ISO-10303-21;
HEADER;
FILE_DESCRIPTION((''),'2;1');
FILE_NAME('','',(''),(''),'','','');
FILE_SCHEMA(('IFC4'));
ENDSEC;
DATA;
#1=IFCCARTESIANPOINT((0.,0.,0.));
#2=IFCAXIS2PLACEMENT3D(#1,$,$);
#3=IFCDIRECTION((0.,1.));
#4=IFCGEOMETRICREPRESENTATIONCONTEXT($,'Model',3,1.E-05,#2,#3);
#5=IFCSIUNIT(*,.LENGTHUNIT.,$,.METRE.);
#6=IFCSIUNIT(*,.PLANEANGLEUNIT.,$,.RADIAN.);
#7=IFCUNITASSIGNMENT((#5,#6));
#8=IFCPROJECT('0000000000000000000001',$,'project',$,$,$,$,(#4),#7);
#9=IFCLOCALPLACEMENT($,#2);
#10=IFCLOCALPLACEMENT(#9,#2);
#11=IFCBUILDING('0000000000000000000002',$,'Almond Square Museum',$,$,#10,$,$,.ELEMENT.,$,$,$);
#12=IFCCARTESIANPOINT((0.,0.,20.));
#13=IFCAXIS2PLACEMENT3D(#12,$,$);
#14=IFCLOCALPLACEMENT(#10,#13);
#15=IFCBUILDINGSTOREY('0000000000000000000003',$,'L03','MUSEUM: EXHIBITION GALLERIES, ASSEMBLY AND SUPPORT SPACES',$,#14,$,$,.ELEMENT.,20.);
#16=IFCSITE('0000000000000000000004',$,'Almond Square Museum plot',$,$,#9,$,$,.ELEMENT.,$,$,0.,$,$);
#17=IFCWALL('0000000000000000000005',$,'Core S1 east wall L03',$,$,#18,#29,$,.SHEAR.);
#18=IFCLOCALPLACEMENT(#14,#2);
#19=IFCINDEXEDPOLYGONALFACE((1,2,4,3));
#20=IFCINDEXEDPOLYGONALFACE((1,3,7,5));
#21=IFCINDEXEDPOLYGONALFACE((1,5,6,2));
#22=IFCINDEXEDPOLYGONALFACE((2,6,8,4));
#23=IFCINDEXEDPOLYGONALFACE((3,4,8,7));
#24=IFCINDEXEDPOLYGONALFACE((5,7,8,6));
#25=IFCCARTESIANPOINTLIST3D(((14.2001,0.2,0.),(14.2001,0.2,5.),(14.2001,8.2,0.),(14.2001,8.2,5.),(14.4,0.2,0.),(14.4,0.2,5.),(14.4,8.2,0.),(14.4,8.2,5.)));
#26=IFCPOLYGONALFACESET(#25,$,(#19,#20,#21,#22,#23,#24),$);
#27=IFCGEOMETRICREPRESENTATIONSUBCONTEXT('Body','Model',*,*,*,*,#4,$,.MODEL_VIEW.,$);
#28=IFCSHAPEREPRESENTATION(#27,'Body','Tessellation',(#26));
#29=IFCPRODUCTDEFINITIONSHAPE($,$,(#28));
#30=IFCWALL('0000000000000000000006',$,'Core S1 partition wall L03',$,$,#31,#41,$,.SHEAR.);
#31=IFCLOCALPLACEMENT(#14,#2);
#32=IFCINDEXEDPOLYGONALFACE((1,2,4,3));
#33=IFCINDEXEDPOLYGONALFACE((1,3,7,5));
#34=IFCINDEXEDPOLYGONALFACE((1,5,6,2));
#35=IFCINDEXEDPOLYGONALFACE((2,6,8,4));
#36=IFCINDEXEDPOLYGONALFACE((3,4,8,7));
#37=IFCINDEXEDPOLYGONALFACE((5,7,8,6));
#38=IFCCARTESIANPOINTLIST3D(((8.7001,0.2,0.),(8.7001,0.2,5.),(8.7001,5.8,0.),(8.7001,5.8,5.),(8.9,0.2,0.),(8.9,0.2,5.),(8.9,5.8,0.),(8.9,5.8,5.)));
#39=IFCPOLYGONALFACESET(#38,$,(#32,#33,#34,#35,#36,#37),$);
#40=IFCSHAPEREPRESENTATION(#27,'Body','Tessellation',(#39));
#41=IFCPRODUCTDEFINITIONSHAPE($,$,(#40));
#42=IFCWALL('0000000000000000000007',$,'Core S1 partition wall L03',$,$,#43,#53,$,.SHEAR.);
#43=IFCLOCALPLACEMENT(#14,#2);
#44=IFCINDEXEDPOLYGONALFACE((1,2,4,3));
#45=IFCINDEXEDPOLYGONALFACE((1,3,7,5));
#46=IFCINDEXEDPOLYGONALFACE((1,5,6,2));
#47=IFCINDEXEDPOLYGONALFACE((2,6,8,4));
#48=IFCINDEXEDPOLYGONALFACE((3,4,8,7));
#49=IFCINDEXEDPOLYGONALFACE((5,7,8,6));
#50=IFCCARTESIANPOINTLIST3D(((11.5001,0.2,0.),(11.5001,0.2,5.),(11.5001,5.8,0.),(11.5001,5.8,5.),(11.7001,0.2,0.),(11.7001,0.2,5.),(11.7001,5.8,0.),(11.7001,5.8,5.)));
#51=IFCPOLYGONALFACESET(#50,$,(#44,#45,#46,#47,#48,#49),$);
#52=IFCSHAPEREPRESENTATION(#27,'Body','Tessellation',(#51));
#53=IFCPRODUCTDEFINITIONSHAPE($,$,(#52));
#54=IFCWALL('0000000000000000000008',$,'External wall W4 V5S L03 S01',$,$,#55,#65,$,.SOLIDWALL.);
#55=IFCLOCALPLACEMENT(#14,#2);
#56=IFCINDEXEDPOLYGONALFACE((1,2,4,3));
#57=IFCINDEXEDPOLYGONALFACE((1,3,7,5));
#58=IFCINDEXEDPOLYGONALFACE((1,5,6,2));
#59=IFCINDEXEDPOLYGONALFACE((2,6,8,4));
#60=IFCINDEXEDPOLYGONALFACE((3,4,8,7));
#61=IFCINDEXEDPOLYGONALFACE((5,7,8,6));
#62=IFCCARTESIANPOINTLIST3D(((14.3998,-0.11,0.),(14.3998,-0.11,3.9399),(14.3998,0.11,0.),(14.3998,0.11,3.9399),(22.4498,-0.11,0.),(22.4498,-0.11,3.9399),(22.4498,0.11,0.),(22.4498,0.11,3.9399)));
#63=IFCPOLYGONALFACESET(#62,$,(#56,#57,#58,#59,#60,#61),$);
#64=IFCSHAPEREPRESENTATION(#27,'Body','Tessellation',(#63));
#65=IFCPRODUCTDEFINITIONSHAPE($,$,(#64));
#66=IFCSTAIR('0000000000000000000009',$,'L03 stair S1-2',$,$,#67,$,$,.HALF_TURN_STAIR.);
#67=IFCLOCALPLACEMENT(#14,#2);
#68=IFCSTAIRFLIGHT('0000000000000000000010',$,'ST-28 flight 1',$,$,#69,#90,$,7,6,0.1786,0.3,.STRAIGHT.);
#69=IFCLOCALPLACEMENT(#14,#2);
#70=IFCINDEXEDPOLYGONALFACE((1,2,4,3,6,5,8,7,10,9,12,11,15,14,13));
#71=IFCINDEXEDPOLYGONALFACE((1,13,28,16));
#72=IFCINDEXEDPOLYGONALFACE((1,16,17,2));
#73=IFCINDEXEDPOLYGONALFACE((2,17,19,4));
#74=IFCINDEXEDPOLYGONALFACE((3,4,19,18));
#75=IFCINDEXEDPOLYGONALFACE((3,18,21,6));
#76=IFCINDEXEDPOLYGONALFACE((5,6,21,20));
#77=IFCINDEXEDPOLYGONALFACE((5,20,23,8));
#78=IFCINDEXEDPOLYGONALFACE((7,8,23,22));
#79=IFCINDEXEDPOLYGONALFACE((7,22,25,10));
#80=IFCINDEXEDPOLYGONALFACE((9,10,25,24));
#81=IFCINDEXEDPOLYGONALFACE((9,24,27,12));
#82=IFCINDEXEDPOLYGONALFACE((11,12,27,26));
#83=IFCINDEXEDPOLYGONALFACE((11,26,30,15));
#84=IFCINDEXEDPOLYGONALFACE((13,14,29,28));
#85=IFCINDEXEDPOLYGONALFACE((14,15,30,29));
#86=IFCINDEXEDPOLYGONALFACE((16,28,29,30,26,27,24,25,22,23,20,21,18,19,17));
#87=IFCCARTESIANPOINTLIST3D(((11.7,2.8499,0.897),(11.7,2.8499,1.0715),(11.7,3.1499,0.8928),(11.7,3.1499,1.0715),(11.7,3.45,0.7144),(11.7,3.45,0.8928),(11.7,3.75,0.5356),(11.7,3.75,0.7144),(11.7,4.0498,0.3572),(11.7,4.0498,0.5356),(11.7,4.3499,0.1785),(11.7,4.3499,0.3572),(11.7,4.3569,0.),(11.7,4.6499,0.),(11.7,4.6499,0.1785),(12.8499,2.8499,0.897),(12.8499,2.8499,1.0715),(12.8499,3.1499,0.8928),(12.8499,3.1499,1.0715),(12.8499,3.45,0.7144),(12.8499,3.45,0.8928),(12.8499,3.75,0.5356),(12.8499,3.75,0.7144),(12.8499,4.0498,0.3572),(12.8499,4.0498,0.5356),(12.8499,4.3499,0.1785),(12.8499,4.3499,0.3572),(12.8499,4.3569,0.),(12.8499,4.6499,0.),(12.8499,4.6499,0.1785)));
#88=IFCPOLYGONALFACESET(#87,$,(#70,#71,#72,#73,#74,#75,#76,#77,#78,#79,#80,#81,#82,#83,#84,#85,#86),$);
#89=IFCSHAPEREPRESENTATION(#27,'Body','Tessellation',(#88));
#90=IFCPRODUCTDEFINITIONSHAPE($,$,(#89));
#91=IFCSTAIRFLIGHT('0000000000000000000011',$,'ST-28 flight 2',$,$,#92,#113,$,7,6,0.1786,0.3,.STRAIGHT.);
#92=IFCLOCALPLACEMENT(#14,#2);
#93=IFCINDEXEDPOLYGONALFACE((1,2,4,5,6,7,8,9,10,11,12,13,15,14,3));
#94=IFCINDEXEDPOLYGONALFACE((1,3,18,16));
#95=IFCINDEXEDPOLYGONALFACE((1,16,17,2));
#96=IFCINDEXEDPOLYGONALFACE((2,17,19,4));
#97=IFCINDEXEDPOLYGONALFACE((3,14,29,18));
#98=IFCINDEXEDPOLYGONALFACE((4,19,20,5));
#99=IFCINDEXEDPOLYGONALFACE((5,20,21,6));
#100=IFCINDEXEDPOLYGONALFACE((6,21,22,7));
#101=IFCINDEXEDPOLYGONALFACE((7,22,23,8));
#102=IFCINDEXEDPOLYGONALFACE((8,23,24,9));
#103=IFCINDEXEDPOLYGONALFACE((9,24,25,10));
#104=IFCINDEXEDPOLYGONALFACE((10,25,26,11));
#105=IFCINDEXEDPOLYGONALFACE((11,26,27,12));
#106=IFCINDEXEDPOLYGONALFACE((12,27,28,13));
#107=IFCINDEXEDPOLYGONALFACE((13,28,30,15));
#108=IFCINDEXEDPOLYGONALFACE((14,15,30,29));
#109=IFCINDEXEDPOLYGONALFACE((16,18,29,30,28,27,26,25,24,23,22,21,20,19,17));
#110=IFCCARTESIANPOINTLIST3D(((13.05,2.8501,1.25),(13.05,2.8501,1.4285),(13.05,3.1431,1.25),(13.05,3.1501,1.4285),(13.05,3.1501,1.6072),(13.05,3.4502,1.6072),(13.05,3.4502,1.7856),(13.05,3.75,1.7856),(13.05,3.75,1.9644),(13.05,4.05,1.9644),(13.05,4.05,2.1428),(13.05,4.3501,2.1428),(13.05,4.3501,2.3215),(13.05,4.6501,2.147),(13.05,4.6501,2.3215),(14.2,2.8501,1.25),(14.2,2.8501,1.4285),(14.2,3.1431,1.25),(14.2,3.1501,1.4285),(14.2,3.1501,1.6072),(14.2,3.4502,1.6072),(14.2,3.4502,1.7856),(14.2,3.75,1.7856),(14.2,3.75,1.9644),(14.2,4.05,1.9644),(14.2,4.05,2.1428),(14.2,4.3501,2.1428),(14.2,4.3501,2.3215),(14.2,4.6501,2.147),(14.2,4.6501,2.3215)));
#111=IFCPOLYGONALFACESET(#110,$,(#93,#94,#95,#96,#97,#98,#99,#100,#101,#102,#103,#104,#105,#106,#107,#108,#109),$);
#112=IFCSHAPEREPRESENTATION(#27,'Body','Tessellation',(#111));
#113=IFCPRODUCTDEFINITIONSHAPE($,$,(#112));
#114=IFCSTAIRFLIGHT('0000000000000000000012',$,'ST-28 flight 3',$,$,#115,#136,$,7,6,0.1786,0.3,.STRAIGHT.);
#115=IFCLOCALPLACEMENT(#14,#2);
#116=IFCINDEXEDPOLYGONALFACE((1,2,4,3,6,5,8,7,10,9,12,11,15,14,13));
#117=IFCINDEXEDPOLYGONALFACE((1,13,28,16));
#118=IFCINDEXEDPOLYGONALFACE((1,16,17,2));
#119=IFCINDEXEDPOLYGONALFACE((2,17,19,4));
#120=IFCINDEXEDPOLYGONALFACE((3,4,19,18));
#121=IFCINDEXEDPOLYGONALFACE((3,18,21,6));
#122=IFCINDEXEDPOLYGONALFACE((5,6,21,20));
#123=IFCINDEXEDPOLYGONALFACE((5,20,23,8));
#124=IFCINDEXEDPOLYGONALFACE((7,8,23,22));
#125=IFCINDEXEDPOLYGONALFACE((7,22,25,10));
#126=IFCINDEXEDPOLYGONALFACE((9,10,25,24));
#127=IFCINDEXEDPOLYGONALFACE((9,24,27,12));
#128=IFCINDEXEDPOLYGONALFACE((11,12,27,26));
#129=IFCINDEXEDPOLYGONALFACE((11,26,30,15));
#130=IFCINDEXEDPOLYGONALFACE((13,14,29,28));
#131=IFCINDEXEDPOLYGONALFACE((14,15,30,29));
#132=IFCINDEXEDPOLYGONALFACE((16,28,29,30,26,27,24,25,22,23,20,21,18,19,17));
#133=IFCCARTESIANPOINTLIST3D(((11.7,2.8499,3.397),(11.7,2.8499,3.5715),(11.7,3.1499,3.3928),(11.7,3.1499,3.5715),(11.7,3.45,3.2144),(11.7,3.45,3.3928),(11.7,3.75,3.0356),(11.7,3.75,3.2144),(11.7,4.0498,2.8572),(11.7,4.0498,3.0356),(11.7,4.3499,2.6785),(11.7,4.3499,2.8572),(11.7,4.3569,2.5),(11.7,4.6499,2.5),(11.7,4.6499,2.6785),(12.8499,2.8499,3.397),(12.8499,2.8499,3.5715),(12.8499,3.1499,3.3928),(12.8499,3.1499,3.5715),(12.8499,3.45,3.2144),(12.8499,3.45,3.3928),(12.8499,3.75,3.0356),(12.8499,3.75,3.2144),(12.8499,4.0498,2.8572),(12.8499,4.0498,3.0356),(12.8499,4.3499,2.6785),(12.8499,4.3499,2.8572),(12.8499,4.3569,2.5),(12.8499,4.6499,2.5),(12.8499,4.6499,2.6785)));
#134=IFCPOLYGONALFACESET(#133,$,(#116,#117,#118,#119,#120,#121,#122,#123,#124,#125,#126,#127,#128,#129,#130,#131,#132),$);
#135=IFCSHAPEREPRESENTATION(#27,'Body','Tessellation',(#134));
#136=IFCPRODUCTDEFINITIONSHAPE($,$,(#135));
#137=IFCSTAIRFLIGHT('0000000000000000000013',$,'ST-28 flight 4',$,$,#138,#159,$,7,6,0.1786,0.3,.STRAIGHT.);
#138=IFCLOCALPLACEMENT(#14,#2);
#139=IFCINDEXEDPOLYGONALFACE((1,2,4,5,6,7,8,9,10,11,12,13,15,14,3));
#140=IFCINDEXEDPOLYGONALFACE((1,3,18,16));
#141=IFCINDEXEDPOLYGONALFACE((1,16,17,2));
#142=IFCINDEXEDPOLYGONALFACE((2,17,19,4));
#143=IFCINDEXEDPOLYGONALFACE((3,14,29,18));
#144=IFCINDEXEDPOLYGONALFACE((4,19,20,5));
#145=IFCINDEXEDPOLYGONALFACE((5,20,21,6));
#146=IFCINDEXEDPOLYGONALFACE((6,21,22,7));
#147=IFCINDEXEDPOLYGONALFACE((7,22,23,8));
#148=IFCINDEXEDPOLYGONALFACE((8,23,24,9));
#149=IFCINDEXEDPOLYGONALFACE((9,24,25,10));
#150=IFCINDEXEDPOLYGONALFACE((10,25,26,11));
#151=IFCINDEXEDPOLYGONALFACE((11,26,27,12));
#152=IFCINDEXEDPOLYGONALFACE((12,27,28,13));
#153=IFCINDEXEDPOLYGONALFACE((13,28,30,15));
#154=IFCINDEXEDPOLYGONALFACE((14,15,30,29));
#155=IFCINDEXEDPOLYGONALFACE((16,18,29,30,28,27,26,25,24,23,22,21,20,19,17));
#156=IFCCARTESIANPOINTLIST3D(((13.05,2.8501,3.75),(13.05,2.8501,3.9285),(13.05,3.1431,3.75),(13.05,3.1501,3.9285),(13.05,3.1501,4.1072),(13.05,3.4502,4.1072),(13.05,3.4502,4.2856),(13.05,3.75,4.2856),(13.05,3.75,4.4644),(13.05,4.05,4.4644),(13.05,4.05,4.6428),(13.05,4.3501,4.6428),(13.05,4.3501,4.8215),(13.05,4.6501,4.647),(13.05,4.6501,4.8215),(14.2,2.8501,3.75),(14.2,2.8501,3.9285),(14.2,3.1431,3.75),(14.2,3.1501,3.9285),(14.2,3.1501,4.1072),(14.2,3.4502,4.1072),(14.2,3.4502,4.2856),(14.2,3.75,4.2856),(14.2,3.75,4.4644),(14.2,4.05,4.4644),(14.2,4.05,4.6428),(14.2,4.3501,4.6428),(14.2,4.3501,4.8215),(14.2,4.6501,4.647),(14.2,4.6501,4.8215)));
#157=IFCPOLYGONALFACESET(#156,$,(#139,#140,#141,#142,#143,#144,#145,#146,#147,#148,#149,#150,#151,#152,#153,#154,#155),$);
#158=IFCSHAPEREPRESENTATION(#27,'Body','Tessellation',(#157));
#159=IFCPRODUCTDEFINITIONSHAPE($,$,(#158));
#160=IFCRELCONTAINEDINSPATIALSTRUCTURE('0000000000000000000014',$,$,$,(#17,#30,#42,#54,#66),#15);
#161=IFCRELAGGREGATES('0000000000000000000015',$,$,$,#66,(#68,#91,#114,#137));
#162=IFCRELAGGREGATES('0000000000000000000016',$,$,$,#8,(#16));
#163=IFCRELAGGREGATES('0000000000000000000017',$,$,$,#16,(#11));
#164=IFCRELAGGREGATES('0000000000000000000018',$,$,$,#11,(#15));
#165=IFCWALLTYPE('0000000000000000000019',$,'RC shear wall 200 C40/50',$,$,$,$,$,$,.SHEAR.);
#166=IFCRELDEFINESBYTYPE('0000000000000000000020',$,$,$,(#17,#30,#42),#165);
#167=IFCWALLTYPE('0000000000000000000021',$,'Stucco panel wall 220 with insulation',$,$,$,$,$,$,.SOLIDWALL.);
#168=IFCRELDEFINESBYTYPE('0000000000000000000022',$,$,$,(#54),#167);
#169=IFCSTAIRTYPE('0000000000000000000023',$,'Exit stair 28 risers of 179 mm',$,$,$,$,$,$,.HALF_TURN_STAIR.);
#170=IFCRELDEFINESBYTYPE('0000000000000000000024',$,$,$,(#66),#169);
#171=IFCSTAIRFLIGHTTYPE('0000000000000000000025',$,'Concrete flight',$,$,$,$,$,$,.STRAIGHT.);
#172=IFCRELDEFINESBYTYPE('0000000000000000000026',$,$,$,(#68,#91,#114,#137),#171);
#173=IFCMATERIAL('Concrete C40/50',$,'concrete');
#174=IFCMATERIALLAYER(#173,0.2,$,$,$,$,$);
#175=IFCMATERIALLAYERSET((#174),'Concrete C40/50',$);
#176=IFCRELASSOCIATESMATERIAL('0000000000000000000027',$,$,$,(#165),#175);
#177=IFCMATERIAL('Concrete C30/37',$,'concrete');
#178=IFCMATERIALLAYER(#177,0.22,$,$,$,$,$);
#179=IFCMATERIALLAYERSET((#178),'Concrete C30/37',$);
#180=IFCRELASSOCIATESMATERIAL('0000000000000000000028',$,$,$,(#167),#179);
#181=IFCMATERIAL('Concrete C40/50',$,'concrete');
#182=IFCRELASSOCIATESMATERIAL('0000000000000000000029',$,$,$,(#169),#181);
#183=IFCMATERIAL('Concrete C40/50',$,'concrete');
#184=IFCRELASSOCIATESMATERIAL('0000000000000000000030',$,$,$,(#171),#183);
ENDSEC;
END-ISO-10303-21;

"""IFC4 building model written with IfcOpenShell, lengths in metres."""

from ifc_helpers import new_model, si_unit, direction, frame, frame_2d, origin, place, context, subcontext, project, spatial, polyline, rectangle, outline, extrude, material, layer, layer_set, type_object, element, aggregate, save


model = new_model("IFC4")

# Units and contexts
model_context = context("Model", 3, precision=1e-05, world=origin(), true_north=direction((0.0, 1.0)))
body_context = subcontext(model_context, "Body", "Model", "MODEL_VIEW")
ifc_project = project(units=[si_unit("LENGTHUNIT", "METRE"), si_unit("PLANEANGLEUNIT", "RADIAN")], contexts=[model_context])

# Site, building, storey
site_placement = place(None, origin())
site = spatial("IfcSite", under=ifc_project, at=site_placement, Name="Almond Square Museum plot", CompositionType="ELEMENT", RefElevation=0.0)
building_placement = place(site_placement, origin())
building = spatial("IfcBuilding", under=site, at=building_placement, Name="Almond Square Museum", CompositionType="ELEMENT")
storey_placement = place(building_placement, frame((0.0, 0.0, 20.0)))
storey = spatial("IfcBuildingStorey", under=building, at=storey_placement, Name="L03", Description="MUSEUM: EXHIBITION GALLERIES, ASSEMBLY AND SUPPORT SPACES", CompositionType="ELEMENT", Elevation=20.0)

# Walls
ifc_material_1 = material(Name="Concrete C40/50", Category="concrete")
ifc_layer_1 = layer(ifc_material_1, 0.2)
ifc_layer_set_1 = layer_set([ifc_layer_1], Name="Concrete C40/50")
wall_type_1 = type_object("IfcWallType", Name="RC shear wall 200 C40/50", PredefinedType="SHEAR", material=ifc_layer_set_1)
wall_1_placement = place(storey_placement, frame((14.3, 0.2, 0.0), z_axis=(0.0, 0.0, 1.0), x_axis=(0.0, 1.0, 0.0)))
element("IfcWall", 1, at=wall_1_placement, inside=storey, type_object=wall_type_1, Name="Core S1 east wall L03", PredefinedType="SHEAR", context=body_context, shape_type="SweptSolid", body=[
    extrude(rectangle(XDim=8.0, YDim=0.2, at=frame_2d((4.0, 0.0))), origin(), (0.0, 0.0, 1.0), 5.0),
])
for number, where, z_axis, x_axis, name in (
    (2, (8.8, 0.2, 0.0), (0.0, 0.0, 1.0), (0.0, 1.0, 0.0), "Core S1 partition wall L03"),
    (3, (11.6001, 0.2, 0.0), (0.0, 0.0, 1.0), (0.0, 1.0, 0.0), "Core S1 partition wall L03"),
):
    element("IfcWall", number, at=place(storey_placement, frame(where, z_axis=z_axis, x_axis=x_axis)), inside=storey, type_object=wall_type_1, Name=name, PredefinedType="SHEAR", context=body_context, shape_type="SweptSolid", body=[
        extrude(rectangle(XDim=5.6001, YDim=0.2, at=frame_2d((2.8, 0.0))), origin(), (0.0, 0.0, 1.0), 5.0),
    ])
ifc_material_2 = material(Name="Concrete C30/37", Category="concrete")
ifc_layer_2 = layer(ifc_material_2, 0.22)
ifc_layer_set_2 = layer_set([ifc_layer_2], Name="Concrete C30/37")
wall_type_2 = type_object("IfcWallType", Name="Stucco panel wall 220 with insulation", PredefinedType="SOLIDWALL", material=ifc_layer_set_2)
wall_2_placement = place(storey_placement, frame((14.3999, 0.0, 0.0), z_axis=(0.0, 0.0, 1.0), x_axis=(1.0, 0.0, 0.0)))
element("IfcWall", 4, at=wall_2_placement, inside=storey, type_object=wall_type_2, Name="External wall W4 V5S L03 S01", PredefinedType="SOLIDWALL", context=body_context, shape_type="SweptSolid", body=[
    extrude(rectangle(XDim=8.05, YDim=0.22, at=frame_2d((4.0249, 0.0))), origin(), (0.0, 0.0, 1.0), 3.9399),
])

# Stair, stair flights
ifc_material_3 = material(Name="Concrete C40/50", Category="concrete")
stair_type = type_object("IfcStairType", Name="Exit stair 28 risers of 179 mm", PredefinedType="HALF_TURN_STAIR", material=ifc_material_3)
stair_placement = place(storey_placement, origin())
stair = element("IfcStair", 5, at=stair_placement, inside=storey, type_object=stair_type, Name="L03 stair S1-2", PredefinedType="HALF_TURN_STAIR")
ifc_material_4 = material(Name="Concrete C40/50", Category="concrete")
stair_flight_type = type_object("IfcStairFlightType", Name="Concrete flight", PredefinedType="STRAIGHT", material=ifc_material_4)
stair_flight_1_placement = place(storey_placement, frame((12.2749, 4.6499, 0.0), z_axis=(0.0, 0.0, 1.0), x_axis=(0.0, -1.0, 0.0)))
stair_flight_1 = element("IfcStairFlight", 6, at=stair_flight_1_placement, type_object=stair_flight_type, Name="ST-28 flight 1", NumberOfRisers=7, NumberOfTreads=6, PredefinedType="STRAIGHT", RiserHeight=0.1786, TreadLength=0.3, context=body_context, shape_type="SweptSolid", body=[
    extrude(outline(polyline([(0.0, 0.0), (0.0, 0.1785), (0.3, 0.1785), (0.3, 0.3572), (0.6001, 0.3572), (0.6001, 0.5356), (0.8999, 0.5356), (0.8999, 0.7144), (1.2, 0.7144), (1.2, 0.8928), (1.5, 0.8928), (1.5, 1.0715), (1.8, 1.0715), (1.8, 1.25), (1.8, 0.897), (0.293, 0.0), (0.0, 0.0)])), frame((0.0, 0.575, 0.0), z_axis=(0.0, -1.0, 0.0), x_axis=(1.0, 0.0, 0.0)), (0.0, 0.0, 1.0), 1.1499),
])
stair_flight_2_placement = place(storey_placement, frame((13.625, 2.8501, 1.25), z_axis=(0.0, 0.0, 1.0), x_axis=(0.0, 1.0, 0.0)))
stair_flight_2 = element("IfcStairFlight", 7, at=stair_flight_2_placement, type_object=stair_flight_type, Name="ST-28 flight 2", NumberOfRisers=7, NumberOfTreads=6, PredefinedType="STRAIGHT", RiserHeight=0.1786, TreadLength=0.3, context=body_context, shape_type="SweptSolid", body=[
    extrude(outline(polyline([(0.0, 0.0), (0.0, 0.1785), (0.3, 0.1785), (0.3, 0.3572), (0.6001, 0.3572), (0.6001, 0.5356), (0.8999, 0.5356), (0.8999, 0.7144), (1.2, 0.7144), (1.2, 0.8928), (1.5, 0.8928), (1.5, 1.0715), (1.8, 1.0715), (1.8, 1.25), (1.8, 0.897), (0.293, 0.0), (0.0, 0.0)])), frame((0.0, 0.575, 0.0), z_axis=(0.0, -1.0, 0.0), x_axis=(1.0, 0.0, 0.0)), (0.0, 0.0, 1.0), 1.1499),
])
stair_flight_3_placement = place(storey_placement, frame((12.2749, 4.6499, 2.5), z_axis=(0.0, 0.0, 1.0), x_axis=(0.0, -1.0, 0.0)))
stair_flight_3 = element("IfcStairFlight", 8, at=stair_flight_3_placement, type_object=stair_flight_type, Name="ST-28 flight 3", NumberOfRisers=7, NumberOfTreads=6, PredefinedType="STRAIGHT", RiserHeight=0.1786, TreadLength=0.3, context=body_context, shape_type="SweptSolid", body=[
    extrude(outline(polyline([(0.0, 0.0), (0.0, 0.1785), (0.3, 0.1785), (0.3, 0.3572), (0.6001, 0.3572), (0.6001, 0.5356), (0.8999, 0.5356), (0.8999, 0.7144), (1.2, 0.7144), (1.2, 0.8928), (1.5, 0.8928), (1.5, 1.0715), (1.8, 1.0715), (1.8, 1.25), (1.8, 0.897), (0.293, 0.0), (0.0, 0.0)])), frame((0.0, 0.575, 0.0), z_axis=(0.0, -1.0, 0.0), x_axis=(1.0, 0.0, 0.0)), (0.0, 0.0, 1.0), 1.1499),
])
stair_flight_4_placement = place(storey_placement, frame((13.625, 2.8501, 3.75), z_axis=(0.0, 0.0, 1.0), x_axis=(0.0, 1.0, 0.0)))
stair_flight_4 = element("IfcStairFlight", 9, at=stair_flight_4_placement, type_object=stair_flight_type, Name="ST-28 flight 4", NumberOfRisers=7, NumberOfTreads=6, PredefinedType="STRAIGHT", RiserHeight=0.1786, TreadLength=0.3, context=body_context, shape_type="SweptSolid", body=[
    extrude(outline(polyline([(0.0, 0.0), (0.0, 0.1785), (0.3, 0.1785), (0.3, 0.3572), (0.6001, 0.3572), (0.6001, 0.5356), (0.8999, 0.5356), (0.8999, 0.7144), (1.2, 0.7144), (1.2, 0.8928), (1.5, 0.8928), (1.5, 1.0715), (1.8, 1.0715), (1.8, 1.25), (1.8, 0.897), (0.293, 0.0), (0.0, 0.0)])), frame((0.0, 0.575, 0.0), z_axis=(0.0, -1.0, 0.0), x_axis=(1.0, 0.0, 0.0)), (0.0, 0.0, 1.0), 1.1499),
])
aggregate(stair, [stair_flight_1, stair_flight_2, stair_flight_3, stair_flight_4])

save(model, "model.ifc")
